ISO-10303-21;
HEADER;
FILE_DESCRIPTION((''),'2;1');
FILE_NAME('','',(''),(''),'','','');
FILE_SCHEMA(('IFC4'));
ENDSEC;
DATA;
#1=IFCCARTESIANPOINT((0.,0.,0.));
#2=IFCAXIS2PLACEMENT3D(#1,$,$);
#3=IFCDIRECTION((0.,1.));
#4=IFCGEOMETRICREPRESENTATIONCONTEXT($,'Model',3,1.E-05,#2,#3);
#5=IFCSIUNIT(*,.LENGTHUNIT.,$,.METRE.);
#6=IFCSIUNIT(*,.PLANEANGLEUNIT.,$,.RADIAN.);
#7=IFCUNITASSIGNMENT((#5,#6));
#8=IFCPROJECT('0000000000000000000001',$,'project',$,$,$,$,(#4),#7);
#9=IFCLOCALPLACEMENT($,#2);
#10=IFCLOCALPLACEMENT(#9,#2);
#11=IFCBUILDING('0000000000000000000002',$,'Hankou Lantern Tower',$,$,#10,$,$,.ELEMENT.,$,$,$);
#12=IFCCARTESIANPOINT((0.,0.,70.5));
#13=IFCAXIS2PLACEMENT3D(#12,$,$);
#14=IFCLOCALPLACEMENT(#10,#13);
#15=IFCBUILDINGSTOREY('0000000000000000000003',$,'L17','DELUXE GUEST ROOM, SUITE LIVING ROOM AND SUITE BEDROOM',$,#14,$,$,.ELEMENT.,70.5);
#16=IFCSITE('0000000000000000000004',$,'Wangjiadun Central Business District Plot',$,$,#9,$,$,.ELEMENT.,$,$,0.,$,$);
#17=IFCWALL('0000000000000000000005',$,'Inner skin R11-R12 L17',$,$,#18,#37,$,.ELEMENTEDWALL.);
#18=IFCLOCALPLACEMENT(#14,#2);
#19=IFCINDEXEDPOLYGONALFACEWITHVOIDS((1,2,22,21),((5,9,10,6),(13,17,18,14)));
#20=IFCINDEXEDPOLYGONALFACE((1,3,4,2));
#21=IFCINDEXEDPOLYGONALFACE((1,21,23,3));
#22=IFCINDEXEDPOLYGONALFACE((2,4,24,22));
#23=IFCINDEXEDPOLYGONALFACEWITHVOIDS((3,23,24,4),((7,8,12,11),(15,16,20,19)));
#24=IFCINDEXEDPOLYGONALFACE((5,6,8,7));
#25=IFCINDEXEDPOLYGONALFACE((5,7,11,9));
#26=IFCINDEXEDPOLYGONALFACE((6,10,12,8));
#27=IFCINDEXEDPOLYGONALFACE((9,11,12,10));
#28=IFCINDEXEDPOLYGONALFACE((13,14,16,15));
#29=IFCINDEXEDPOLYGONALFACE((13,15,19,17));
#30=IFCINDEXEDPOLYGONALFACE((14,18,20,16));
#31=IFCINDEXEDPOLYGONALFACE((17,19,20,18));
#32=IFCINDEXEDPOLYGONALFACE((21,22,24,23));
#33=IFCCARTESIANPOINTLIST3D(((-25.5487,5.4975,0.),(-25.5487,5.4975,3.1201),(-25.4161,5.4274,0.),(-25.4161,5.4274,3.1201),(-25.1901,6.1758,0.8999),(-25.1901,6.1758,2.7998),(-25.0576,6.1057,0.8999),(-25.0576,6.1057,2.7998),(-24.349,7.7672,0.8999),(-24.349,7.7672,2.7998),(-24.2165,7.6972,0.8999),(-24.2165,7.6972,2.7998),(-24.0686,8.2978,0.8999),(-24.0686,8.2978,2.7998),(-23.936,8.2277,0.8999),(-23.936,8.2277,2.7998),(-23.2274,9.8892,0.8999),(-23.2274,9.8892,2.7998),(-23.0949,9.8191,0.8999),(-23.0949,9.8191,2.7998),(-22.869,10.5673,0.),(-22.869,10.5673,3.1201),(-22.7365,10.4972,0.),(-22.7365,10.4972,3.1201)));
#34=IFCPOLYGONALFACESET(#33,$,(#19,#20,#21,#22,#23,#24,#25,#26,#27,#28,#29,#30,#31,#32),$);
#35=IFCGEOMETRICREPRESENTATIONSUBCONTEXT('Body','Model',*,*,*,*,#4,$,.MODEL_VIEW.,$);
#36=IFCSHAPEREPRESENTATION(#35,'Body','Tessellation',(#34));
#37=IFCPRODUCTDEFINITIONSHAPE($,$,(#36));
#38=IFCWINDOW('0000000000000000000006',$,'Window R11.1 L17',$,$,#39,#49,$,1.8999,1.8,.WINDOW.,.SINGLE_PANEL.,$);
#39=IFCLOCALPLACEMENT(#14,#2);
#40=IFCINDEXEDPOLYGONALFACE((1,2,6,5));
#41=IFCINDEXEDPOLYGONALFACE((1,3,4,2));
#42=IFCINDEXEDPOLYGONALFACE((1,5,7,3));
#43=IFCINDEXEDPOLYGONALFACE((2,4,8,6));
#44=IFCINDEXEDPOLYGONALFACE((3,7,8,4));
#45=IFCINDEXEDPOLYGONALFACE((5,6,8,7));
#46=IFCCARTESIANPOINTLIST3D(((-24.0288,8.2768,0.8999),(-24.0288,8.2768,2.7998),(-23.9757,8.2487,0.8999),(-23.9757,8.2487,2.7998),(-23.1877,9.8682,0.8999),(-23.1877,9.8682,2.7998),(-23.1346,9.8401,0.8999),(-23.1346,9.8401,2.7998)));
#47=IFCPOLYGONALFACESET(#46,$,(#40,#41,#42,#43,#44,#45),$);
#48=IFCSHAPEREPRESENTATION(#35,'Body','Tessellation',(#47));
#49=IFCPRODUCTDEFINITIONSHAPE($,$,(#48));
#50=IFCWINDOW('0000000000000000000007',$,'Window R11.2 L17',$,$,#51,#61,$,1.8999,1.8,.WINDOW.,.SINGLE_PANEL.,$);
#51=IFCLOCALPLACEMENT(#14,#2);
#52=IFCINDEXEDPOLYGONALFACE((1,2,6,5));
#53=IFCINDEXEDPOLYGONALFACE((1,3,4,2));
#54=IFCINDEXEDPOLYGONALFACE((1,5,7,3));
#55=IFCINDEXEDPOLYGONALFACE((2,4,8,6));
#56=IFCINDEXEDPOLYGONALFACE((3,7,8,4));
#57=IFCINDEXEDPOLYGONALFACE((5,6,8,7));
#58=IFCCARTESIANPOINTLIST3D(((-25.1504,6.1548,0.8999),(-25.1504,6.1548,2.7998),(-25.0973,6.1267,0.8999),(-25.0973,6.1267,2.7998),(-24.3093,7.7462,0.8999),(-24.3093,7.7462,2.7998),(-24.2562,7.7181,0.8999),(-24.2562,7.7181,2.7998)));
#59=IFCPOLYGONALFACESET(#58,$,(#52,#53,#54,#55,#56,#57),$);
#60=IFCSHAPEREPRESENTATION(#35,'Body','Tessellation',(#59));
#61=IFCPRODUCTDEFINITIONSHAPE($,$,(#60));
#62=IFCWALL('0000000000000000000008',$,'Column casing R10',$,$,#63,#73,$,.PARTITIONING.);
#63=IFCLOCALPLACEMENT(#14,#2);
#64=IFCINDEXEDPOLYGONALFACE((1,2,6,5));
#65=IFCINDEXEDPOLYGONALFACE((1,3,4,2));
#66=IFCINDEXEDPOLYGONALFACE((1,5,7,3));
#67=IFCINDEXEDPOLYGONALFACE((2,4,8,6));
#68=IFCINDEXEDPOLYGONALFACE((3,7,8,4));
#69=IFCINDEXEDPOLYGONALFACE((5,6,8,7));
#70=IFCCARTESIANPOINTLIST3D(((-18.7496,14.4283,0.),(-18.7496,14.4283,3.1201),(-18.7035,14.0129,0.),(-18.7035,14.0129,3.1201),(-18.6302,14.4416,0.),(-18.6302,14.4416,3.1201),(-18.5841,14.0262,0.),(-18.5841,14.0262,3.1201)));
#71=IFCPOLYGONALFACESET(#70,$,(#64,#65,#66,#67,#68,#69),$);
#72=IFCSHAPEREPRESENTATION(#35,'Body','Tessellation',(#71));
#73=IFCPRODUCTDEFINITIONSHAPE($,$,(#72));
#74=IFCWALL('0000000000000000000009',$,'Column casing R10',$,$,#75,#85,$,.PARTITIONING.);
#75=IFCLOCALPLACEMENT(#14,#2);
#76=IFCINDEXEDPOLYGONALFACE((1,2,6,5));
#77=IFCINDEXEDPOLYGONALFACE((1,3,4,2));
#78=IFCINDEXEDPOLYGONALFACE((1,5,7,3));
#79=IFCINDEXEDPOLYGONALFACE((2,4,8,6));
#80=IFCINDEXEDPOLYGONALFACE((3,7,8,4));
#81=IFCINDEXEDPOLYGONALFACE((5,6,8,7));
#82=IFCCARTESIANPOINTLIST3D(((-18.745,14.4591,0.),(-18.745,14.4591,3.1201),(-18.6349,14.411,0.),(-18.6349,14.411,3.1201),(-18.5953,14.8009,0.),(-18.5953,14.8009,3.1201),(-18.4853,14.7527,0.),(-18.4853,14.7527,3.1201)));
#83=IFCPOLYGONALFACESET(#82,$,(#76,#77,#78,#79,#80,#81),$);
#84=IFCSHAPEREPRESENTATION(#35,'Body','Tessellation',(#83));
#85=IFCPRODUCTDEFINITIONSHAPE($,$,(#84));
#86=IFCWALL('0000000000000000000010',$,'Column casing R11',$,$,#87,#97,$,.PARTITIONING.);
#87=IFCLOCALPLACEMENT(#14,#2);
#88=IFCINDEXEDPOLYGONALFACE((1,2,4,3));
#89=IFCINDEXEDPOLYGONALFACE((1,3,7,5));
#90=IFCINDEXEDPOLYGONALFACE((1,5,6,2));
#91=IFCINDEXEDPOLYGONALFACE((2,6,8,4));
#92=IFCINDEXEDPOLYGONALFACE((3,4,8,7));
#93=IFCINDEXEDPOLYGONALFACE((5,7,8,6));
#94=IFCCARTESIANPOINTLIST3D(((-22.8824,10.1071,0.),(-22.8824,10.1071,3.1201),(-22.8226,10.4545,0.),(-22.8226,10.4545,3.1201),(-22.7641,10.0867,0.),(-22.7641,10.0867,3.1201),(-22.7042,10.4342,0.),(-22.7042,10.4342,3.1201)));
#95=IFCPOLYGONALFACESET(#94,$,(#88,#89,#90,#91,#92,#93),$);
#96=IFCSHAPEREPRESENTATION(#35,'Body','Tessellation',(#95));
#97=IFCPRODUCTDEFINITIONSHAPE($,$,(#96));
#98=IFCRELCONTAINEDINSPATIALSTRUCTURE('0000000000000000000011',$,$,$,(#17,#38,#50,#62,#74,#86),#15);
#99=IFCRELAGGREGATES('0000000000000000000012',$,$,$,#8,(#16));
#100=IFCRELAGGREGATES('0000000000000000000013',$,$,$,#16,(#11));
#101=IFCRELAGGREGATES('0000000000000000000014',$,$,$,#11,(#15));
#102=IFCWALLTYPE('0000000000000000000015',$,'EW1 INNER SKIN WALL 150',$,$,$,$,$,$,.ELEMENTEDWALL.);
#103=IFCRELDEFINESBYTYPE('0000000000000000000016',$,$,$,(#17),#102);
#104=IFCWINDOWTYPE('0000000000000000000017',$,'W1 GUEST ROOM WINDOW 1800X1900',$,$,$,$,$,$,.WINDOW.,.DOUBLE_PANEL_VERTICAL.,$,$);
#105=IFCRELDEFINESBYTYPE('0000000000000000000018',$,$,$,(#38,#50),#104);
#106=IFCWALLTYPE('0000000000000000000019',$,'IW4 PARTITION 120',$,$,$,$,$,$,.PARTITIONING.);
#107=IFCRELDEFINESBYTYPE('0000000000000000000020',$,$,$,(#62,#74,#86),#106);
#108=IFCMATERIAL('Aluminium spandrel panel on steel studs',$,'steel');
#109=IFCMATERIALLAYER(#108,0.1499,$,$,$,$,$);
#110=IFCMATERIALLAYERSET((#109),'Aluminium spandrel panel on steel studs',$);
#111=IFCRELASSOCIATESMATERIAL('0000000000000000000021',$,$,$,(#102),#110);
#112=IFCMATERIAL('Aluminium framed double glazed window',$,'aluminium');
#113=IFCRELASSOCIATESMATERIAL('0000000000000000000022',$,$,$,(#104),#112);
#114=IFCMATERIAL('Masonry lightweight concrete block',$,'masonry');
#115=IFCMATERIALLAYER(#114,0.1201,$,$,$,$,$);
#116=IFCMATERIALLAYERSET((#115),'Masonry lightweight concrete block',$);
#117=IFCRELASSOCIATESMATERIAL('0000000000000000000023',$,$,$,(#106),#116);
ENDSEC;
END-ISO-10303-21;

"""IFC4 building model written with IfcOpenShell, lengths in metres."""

from ifc_helpers import new_model, si_unit, direction, frame, frame_2d, origin, place, context, subcontext, project, spatial, rectangle, extrude, material, layer, layer_set, type_object, element, fill, save


model = new_model("IFC4")

# Units and contexts
model_context = context("Model", 3, precision=1e-05, world=origin(), true_north=direction((0.0, 1.0)))
body_context = subcontext(model_context, "Body", "Model", "MODEL_VIEW")
ifc_project = project(units=[si_unit("LENGTHUNIT", "METRE"), si_unit("PLANEANGLEUNIT", "RADIAN")], contexts=[model_context])

# Site, building, storey
site_placement = place(None, origin())
site = spatial("IfcSite", under=ifc_project, at=site_placement, Name="Wangjiadun Central Business District Plot", CompositionType="ELEMENT", RefElevation=0.0)
building_placement = place(site_placement, origin())
building = spatial("IfcBuilding", under=site, at=building_placement, Name="Hankou Lantern Tower", CompositionType="ELEMENT")
storey_placement = place(building_placement, frame((0.0, 0.0, 70.5)))
storey = spatial("IfcBuildingStorey", under=building, at=storey_placement, Name="L17", Description="DELUXE GUEST ROOM, SUITE LIVING ROOM AND SUITE BEDROOM", CompositionType="ELEMENT", Elevation=70.5)

# Wall, openings, windows
ifc_material_1 = material(Name="Aluminium spandrel panel on steel studs", Category="steel")
ifc_layer_1 = layer(ifc_material_1, 0.1499)
ifc_layer_set_1 = layer_set([ifc_layer_1], Name="Aluminium spandrel panel on steel studs")
wall_type_1 = type_object("IfcWallType", Name="EW1 INNER SKIN WALL 150", PredefinedType="ELEMENTEDWALL", material=ifc_layer_set_1)
ifc_material_2 = material(Name="Aluminium framed double glazed window", Category="aluminium")
window_type = type_object("IfcWindowType", Name="W1 GUEST ROOM WINDOW 1800X1900", PartitioningType="DOUBLE_PANEL_VERTICAL", PredefinedType="WINDOW", material=ifc_material_2)
wall_1_placement = place(storey_placement, frame((-22.8027, 10.5322, 0.0), z_axis=(0.0, 0.0, 1.0), x_axis=(-0.467297, -0.8841, 0.0)))
wall_1 = element("IfcWall", 1, at=wall_1_placement, inside=storey, type_object=wall_type_1, Name="Inner skin R11-R12 L17", PredefinedType="ELEMENTEDWALL", context=body_context, shape_type="SweptSolid", body=[
    extrude(rectangle(XDim=5.7344, YDim=0.1499, at=frame_2d((2.8672, 0.0))), origin(), (0.0, 0.0, 1.0), 3.1201),
])
opening_1_placement = place(wall_1_placement, frame((0.7671, 0.0, 0.8999)))
opening_1 = element("IfcOpeningElement", 2, at=opening_1_placement, cuts=wall_1, PredefinedType="OPENING", context=body_context, shape_type="SweptSolid", body=[
    extrude(rectangle(XDim=1.8, YDim=1.8999, at=frame_2d((0.8999, 0.95))), frame((0.0, 0.085, 0.0), z_axis=(0.0, -1.0, 0.0), x_axis=(1.0, 0.0, 0.0)), (0.0, 0.0, 1.0), 0.1699),
])
opening_2_placement = place(wall_1_placement, frame((3.1672, 0.0, 0.8999)))
opening_2 = element("IfcOpeningElement", 3, at=opening_2_placement, cuts=wall_1, PredefinedType="OPENING", context=body_context, shape_type="SweptSolid", body=[
    extrude(rectangle(XDim=1.8, YDim=1.8999, at=frame_2d((0.8999, 0.95))), frame((0.0, 0.085, 0.0), z_axis=(0.0, -1.0, 0.0), x_axis=(1.0, 0.0, 0.0)), (0.0, 0.0, 1.0), 0.1699),
])
window_1_placement = place(opening_1_placement, origin())
window_1 = element("IfcWindow", 4, at=window_1_placement, inside=storey, type_object=window_type, Name="Window R11.1 L17", OverallHeight=1.8999, OverallWidth=1.8, PartitioningType="SINGLE_PANEL", PredefinedType="WINDOW", context=body_context, shape_type="SweptSolid", body=[
    extrude(rectangle(XDim=1.8, YDim=1.8999, at=frame_2d((0.8999, 0.95))), frame((0.0, 0.03, 0.0), z_axis=(0.0, -1.0, 0.0), x_axis=(1.0, 0.0, 0.0)), (0.0, 0.0, 1.0), 0.0601),
])
fill(opening_1, window_1)
window_2_placement = place(opening_2_placement, origin())
window_2 = element("IfcWindow", 5, at=window_2_placement, inside=storey, type_object=window_type, Name="Window R11.2 L17", OverallHeight=1.8999, OverallWidth=1.8, PartitioningType="SINGLE_PANEL", PredefinedType="WINDOW", context=body_context, shape_type="SweptSolid", body=[
    extrude(rectangle(XDim=1.8, YDim=1.8999, at=frame_2d((0.8999, 0.95))), frame((0.0, 0.03, 0.0), z_axis=(0.0, -1.0, 0.0), x_axis=(1.0, 0.0, 0.0)), (0.0, 0.0, 1.0), 0.0601),
])
fill(opening_2, window_2)

# Walls
ifc_material_3 = material(Name="Masonry lightweight concrete block", Category="masonry")
ifc_layer_2 = layer(ifc_material_3, 0.1201)
ifc_layer_set_2 = layer_set([ifc_layer_2], Name="Masonry lightweight concrete block")
wall_type_2 = type_object("IfcWallType", Name="IW4 PARTITION 120", PredefinedType="PARTITIONING", material=ifc_layer_set_2)
wall_2_placement = place(storey_placement, frame((-18.6438, 14.0195, 0.0), z_axis=(0.0, 0.0, 1.0), x_axis=(-0.110367, 0.993891, 0.0)))
element("IfcWall", 6, at=wall_2_placement, inside=storey, type_object=wall_type_2, Name="Column casing R10", PredefinedType="PARTITIONING", context=body_context, shape_type="SweptSolid", body=[
    extrude(rectangle(XDim=0.418, YDim=0.1201, at=frame_2d((0.209, 0.0))), origin(), (0.0, 0.0, 1.0), 3.1201),
])
wall_3_placement = place(storey_placement, frame((-18.6899, 14.4351, 0.0), z_axis=(0.0, 0.0, 1.0), x_axis=(0.401093, 0.916037, 0.0)))
element("IfcWall", 7, at=wall_3_placement, inside=storey, type_object=wall_type_2, Name="Column casing R10", PredefinedType="PARTITIONING", context=body_context, shape_type="SweptSolid", body=[
    extrude(rectangle(XDim=0.373, YDim=0.1201, at=frame_2d((0.1865, 0.0))), origin(), (0.0, 0.0, 1.0), 3.1201),
])
wall_4_placement = place(storey_placement, frame((-22.8232, 10.0969, 0.0), z_axis=(0.0, 0.0, 1.0), x_axis=(0.169675, 0.9855, 0.0)))
element("IfcWall", 8, at=wall_4_placement, inside=storey, type_object=wall_type_2, Name="Column casing R11", PredefinedType="PARTITIONING", context=body_context, shape_type="SweptSolid", body=[
    extrude(rectangle(XDim=0.3525, YDim=0.1201, at=frame_2d((0.1763, 0.0))), origin(), (0.0, 0.0, 1.0), 3.1201),
])

save(model, "model.ifc")
